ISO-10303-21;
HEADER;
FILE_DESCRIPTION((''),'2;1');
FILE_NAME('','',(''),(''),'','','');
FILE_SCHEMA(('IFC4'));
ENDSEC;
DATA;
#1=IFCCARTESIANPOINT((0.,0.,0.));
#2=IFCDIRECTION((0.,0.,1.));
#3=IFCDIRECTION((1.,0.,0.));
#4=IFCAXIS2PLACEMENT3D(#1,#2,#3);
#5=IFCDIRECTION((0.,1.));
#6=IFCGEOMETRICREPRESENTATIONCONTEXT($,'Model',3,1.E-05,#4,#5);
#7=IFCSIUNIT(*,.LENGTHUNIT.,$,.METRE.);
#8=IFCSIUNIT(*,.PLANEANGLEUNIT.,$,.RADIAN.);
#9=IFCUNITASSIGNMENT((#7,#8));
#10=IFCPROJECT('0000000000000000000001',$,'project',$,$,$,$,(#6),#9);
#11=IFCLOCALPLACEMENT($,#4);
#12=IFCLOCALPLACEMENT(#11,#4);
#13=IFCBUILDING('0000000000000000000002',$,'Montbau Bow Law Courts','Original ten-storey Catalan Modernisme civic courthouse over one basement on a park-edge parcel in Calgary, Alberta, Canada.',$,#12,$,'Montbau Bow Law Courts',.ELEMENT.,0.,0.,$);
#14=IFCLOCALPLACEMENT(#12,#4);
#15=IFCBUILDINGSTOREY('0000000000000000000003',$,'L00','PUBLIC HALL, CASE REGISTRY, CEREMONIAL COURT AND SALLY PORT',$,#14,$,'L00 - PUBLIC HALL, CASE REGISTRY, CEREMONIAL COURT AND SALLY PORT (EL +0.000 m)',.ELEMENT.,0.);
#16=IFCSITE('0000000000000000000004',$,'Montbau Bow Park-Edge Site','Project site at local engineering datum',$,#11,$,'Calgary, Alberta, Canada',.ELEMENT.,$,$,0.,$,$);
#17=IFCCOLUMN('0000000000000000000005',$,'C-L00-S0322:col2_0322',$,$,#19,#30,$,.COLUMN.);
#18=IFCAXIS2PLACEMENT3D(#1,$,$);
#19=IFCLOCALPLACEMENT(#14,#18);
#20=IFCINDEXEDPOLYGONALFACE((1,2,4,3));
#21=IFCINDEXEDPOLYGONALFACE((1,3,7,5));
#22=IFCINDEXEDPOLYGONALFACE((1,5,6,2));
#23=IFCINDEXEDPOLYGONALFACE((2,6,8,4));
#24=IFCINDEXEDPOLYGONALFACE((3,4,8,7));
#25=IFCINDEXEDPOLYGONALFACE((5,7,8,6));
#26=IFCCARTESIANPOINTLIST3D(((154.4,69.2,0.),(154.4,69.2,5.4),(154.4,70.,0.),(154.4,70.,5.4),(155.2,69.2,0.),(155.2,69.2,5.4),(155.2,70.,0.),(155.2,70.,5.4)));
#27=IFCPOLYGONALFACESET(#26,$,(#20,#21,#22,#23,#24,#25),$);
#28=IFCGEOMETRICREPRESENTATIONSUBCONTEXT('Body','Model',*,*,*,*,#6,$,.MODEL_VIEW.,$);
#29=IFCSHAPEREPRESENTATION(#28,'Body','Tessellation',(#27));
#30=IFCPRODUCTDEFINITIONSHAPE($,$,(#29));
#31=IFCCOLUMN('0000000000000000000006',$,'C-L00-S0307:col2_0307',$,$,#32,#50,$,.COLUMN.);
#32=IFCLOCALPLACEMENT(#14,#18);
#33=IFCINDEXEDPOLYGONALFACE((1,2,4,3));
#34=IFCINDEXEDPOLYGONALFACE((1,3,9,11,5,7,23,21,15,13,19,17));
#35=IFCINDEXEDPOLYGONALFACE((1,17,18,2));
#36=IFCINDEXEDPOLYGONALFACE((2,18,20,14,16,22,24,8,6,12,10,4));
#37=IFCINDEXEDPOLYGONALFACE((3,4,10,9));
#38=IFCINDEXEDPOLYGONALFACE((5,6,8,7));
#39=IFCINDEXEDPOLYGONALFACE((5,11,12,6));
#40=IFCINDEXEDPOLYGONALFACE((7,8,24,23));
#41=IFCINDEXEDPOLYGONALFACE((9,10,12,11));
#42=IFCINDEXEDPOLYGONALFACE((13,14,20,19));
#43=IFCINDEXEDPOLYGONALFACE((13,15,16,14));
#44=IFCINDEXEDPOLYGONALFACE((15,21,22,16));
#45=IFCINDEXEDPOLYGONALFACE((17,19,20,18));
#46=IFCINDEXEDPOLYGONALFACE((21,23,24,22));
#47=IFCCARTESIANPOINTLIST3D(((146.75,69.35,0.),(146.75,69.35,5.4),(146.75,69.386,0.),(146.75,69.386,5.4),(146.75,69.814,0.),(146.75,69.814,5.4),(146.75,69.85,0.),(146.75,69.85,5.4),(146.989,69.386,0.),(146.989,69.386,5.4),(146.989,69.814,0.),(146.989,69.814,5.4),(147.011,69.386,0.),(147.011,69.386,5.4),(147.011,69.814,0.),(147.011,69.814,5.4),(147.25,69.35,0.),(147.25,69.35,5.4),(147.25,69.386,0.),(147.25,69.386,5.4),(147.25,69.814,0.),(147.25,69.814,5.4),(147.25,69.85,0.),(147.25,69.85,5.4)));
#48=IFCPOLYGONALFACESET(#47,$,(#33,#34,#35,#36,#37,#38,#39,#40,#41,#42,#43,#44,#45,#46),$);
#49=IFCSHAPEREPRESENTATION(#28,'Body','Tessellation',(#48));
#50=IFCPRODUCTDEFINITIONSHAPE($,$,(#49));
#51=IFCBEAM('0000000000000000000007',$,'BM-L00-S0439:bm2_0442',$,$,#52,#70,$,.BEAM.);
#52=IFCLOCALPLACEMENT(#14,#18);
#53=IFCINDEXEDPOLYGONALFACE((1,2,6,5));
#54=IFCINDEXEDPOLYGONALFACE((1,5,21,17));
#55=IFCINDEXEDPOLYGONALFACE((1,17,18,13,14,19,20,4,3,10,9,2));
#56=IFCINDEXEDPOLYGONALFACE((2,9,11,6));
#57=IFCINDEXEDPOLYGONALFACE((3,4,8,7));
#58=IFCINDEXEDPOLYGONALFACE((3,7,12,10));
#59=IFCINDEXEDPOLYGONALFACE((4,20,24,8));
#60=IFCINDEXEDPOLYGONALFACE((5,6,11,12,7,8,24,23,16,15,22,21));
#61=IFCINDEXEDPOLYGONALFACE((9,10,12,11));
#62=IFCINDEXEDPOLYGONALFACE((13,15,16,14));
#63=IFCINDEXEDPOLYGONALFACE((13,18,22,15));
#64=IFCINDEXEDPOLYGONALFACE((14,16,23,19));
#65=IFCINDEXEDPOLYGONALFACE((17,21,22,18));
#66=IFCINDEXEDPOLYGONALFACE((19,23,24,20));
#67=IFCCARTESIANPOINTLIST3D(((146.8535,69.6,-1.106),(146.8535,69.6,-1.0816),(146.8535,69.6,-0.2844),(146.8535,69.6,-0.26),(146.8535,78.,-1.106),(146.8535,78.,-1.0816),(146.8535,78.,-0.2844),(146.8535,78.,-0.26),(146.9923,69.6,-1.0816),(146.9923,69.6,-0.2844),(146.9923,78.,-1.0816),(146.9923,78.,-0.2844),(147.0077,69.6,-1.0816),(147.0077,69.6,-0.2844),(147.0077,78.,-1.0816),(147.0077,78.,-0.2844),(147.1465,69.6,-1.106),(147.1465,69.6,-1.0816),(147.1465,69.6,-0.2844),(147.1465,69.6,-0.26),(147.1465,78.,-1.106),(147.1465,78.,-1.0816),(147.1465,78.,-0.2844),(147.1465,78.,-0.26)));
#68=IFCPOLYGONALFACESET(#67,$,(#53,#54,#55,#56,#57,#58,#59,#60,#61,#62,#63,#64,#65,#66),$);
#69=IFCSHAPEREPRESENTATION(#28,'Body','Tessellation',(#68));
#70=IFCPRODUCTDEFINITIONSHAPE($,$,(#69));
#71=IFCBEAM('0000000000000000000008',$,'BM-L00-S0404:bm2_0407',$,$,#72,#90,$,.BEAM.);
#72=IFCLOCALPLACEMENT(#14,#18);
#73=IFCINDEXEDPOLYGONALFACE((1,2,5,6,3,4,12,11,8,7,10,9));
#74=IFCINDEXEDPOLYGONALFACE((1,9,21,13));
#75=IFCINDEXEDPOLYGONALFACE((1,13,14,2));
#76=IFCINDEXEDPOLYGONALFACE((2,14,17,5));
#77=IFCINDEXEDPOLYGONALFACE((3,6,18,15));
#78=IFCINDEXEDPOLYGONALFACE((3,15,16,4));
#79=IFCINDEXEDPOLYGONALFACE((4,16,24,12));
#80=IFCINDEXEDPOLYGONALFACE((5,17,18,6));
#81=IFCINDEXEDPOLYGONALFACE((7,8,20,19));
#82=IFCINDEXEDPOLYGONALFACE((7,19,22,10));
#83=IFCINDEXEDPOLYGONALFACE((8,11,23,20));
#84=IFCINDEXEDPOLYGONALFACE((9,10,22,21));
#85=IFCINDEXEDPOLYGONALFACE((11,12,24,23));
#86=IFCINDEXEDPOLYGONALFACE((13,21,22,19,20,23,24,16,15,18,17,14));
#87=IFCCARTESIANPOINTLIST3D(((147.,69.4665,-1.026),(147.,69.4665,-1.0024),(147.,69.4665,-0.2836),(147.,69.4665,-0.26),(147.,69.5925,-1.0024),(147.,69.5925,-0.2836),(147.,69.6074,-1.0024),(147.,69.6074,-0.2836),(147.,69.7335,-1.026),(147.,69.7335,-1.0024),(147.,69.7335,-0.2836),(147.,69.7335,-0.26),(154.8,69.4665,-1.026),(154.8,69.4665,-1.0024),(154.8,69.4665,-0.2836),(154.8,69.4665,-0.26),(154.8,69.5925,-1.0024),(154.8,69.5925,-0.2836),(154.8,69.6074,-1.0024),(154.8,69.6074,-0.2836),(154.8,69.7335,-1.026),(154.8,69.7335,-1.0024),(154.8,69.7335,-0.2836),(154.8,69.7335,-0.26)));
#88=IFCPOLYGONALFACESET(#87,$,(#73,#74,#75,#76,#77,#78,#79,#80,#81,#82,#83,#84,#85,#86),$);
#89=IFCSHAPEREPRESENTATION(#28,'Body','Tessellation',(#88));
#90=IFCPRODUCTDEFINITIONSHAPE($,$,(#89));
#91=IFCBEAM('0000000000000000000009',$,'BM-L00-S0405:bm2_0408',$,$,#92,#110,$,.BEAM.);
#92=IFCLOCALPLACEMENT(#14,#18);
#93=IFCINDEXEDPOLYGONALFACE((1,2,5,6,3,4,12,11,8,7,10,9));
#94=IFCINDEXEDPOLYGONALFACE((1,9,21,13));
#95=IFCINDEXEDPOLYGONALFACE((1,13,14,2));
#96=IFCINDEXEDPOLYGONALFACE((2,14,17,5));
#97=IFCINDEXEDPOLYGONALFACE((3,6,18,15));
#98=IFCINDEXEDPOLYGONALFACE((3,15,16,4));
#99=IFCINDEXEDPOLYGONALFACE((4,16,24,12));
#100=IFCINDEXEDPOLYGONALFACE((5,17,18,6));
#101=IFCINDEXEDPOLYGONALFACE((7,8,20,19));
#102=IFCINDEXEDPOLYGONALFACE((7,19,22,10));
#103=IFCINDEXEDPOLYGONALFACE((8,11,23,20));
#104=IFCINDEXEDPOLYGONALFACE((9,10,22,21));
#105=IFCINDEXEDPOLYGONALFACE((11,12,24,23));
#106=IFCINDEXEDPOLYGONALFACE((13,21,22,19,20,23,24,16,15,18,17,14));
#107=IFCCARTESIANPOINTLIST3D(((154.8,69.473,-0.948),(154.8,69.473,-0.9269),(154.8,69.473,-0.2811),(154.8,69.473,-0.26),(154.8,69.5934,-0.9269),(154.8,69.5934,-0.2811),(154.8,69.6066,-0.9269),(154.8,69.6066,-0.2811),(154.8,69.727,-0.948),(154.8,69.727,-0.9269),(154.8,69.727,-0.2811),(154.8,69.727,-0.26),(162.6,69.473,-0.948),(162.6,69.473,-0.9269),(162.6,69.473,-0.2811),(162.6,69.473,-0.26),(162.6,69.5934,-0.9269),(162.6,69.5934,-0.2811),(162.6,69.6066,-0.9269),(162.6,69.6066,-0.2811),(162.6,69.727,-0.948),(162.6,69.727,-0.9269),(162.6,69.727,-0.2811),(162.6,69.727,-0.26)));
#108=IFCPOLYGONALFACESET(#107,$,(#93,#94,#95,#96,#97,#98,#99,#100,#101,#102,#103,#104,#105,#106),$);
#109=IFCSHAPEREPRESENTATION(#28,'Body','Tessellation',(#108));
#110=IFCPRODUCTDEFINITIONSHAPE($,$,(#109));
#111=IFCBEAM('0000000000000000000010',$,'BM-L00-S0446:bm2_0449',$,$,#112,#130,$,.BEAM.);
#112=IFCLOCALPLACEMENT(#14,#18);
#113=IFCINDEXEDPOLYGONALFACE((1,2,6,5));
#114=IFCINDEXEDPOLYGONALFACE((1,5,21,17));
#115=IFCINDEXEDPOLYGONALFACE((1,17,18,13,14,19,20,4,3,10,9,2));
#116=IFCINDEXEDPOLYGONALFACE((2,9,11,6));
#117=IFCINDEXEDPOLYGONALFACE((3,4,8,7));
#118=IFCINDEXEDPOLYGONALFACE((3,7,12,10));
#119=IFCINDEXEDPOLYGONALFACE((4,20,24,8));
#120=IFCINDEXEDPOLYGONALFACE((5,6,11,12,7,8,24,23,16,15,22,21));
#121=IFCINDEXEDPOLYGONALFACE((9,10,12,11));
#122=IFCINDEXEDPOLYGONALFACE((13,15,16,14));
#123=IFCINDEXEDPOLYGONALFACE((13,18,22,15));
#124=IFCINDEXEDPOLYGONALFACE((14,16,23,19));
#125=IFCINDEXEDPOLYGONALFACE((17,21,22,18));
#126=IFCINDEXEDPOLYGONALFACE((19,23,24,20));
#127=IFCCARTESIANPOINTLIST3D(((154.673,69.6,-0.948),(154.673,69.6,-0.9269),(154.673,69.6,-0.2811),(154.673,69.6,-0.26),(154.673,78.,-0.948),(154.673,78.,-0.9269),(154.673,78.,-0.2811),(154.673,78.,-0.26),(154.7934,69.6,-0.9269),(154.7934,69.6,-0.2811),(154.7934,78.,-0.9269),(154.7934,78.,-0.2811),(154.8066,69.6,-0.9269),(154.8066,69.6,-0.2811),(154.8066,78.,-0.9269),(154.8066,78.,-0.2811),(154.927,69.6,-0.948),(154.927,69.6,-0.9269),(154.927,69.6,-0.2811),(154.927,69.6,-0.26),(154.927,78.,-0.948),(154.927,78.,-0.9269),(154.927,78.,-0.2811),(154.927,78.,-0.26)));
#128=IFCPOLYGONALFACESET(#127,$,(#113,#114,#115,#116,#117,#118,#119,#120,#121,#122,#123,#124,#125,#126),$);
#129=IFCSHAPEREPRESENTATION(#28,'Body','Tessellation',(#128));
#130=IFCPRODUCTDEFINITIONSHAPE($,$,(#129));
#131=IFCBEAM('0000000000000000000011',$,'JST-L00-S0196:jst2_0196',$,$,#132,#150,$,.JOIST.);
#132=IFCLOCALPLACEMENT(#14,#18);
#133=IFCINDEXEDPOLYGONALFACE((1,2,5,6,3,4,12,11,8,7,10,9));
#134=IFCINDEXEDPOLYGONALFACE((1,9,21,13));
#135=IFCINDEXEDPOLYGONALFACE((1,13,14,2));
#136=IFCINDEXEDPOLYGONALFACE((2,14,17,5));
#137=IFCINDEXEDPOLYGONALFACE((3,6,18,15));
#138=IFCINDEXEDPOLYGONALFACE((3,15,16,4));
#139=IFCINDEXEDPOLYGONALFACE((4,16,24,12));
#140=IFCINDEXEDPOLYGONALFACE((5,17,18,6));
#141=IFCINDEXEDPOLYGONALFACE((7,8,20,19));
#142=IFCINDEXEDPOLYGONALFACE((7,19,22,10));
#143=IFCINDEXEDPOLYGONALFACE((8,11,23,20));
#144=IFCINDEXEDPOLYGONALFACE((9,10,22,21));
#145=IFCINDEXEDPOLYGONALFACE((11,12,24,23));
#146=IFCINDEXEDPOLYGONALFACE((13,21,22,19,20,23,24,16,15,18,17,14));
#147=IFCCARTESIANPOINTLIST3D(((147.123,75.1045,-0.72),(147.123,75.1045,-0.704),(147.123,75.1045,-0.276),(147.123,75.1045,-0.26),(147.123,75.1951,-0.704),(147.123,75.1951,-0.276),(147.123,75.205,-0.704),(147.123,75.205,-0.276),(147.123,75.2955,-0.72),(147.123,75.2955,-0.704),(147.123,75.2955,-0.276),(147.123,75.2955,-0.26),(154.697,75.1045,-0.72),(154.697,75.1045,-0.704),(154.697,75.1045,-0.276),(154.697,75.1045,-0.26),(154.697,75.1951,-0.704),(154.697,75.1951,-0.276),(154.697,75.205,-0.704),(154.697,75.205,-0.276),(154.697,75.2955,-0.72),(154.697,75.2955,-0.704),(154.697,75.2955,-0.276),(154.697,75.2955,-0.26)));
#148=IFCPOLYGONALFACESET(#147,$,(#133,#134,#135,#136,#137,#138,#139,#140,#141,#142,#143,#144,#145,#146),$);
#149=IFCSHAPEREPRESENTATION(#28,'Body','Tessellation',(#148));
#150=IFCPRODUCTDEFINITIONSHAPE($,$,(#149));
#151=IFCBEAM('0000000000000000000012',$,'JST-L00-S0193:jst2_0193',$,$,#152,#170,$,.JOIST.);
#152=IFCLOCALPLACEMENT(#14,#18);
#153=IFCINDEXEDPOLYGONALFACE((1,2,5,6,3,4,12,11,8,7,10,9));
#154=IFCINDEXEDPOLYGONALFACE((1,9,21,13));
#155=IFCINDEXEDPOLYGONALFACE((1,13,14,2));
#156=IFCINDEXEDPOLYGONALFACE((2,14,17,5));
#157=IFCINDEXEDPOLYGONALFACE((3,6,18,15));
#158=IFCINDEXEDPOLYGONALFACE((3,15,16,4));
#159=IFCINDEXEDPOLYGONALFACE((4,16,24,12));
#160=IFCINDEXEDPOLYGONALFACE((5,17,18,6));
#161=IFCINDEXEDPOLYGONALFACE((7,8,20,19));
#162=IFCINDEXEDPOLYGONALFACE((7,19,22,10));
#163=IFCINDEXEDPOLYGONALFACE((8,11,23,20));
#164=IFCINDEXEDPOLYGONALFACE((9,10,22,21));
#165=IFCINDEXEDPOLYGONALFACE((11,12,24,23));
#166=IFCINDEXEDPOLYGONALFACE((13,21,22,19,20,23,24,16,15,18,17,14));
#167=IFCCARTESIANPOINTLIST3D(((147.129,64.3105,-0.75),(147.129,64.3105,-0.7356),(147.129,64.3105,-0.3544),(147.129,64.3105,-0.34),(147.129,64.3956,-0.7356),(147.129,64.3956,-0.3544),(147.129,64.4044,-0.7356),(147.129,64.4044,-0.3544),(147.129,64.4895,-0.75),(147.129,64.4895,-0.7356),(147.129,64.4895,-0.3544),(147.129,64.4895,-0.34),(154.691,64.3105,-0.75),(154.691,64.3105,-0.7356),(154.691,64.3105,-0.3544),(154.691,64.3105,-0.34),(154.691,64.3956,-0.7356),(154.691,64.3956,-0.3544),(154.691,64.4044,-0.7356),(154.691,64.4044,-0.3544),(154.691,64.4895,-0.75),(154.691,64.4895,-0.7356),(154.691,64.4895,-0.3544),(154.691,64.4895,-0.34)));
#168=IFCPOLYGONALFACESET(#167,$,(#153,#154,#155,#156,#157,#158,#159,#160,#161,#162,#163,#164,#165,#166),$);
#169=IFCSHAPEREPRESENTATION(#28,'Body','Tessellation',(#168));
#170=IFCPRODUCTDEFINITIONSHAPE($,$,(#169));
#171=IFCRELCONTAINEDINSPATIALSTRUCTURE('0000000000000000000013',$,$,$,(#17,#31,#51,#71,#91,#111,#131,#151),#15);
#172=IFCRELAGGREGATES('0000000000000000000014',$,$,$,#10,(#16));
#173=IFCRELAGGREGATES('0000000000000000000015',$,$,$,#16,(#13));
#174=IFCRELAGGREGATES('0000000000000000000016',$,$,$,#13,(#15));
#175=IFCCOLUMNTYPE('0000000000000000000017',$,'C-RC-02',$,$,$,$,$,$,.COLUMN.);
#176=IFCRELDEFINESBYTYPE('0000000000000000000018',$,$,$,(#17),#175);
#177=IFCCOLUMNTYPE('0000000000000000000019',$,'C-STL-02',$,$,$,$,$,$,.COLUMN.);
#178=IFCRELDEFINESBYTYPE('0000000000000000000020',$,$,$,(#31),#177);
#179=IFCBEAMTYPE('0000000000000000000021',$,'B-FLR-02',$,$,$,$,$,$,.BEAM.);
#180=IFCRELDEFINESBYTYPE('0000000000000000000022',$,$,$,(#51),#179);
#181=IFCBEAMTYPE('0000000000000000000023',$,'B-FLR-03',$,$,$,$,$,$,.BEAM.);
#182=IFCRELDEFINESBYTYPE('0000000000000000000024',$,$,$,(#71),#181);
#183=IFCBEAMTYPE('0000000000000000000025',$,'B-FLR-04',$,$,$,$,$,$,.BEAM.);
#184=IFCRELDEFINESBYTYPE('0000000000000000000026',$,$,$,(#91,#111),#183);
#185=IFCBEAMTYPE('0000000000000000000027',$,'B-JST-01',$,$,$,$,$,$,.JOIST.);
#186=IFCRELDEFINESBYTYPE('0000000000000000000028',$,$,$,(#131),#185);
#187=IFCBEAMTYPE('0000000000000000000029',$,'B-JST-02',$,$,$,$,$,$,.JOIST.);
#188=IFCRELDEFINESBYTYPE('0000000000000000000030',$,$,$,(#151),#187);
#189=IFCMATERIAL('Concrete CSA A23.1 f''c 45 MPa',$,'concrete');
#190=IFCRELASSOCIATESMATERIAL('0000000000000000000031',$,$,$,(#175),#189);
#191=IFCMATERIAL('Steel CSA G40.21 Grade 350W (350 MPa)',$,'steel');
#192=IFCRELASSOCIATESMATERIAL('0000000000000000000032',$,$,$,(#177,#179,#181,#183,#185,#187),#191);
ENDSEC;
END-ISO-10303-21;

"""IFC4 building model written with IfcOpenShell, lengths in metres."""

from ifc_helpers import new_model, si_unit, direction, frame, origin_with_axes, origin_2d_with_axis, place, context, subcontext, project, spatial, rectangle, i_section, extrude, material, material_profile, profile_set, type_object, element, save


model = new_model("IFC4")

# Units and contexts
model_context = context("Model", 3, precision=1e-05, world=origin_with_axes(), true_north=direction((0.0, 1.0)))
body_context = subcontext(model_context, "Body", "Model", "MODEL_VIEW")
ifc_project = project(units=[si_unit("LENGTHUNIT", "METRE"), si_unit("PLANEANGLEUNIT", "RADIAN")], contexts=[model_context])

# Site, building, storey
site_placement = place(None, origin_with_axes())
site = spatial("IfcSite", under=ifc_project, at=site_placement, Name="Montbau Bow Park-Edge Site", Description="Project site at local engineering datum", LongName="Calgary, Alberta, Canada", CompositionType="ELEMENT", RefElevation=0.0)
building_placement = place(site_placement, origin_with_axes())
building = spatial("IfcBuilding", under=site, at=building_placement, Name="Montbau Bow Law Courts", Description="Original ten-storey Catalan Modernisme civic courthouse over one basement on a park-edge parcel in Calgary, Alberta, Canada.", LongName="Montbau Bow Law Courts", CompositionType="ELEMENT", ElevationOfRefHeight=0.0, ElevationOfTerrain=0.0)
storey_placement = place(building_placement, origin_with_axes())
storey = spatial("IfcBuildingStorey", under=building, at=storey_placement, Name="L00", Description="PUBLIC HALL, CASE REGISTRY, CEREMONIAL COURT AND SALLY PORT", LongName="L00 - PUBLIC HALL, CASE REGISTRY, CEREMONIAL COURT AND SALLY PORT (EL +0.000 m)", CompositionType="ELEMENT", Elevation=0.0)

# Columns
ifc_material_1 = material(Name="Concrete CSA A23.1 f'c 45 MPa", Category="concrete")
ifc_material_profile_1 = material_profile(ifc_material_1, rectangle(XDim=0.8, YDim=0.8, at=origin_2d_with_axis()), Name="RC800X800", Category="Main", Priority=0)
ifc_profile_set_1 = profile_set([ifc_material_profile_1], Name="Concrete CSA A23.1 f'c 45 MPa")
column_type_1 = type_object("IfcColumnType", Name="C-RC-02", PredefinedType="COLUMN", material=ifc_profile_set_1)
column_1_placement = place(None, frame((154.8, 69.6, 0.0), z_axis=(0.0, 0.0, 1.0), x_axis=(1.0, 0.0, 0.0)))
element("IfcColumn", 1, at=column_1_placement, inside=storey, type_object=column_type_1, Name="C-L00-S0322:col2_0322", PredefinedType="COLUMN", context=body_context, shape_type="SweptSolid", body=[
    extrude(rectangle(XDim=0.8, YDim=0.8, at=origin_2d_with_axis()), origin_with_axes(), (0.0, 0.0, 1.0), 5.4),
])
ifc_material_2 = material(Name="Steel CSA G40.21 Grade 350W (350 MPa)", Category="steel")
ifc_material_profile_2 = material_profile(ifc_material_2, i_section(OverallWidth=0.5, OverallDepth=0.5, WebThickness=0.022, FlangeThickness=0.036, at=origin_2d_with_axis()), Name="WWF500X343", Category="Main", Priority=0)
ifc_profile_set_2 = profile_set([ifc_material_profile_2], Name="Steel CSA G40.21 Grade 350W (350 MPa)")
column_type_2 = type_object("IfcColumnType", Name="C-STL-02", PredefinedType="COLUMN", material=ifc_profile_set_2)
column_2_placement = place(None, frame((147.0, 69.6, 0.0), z_axis=(0.0, 0.0, 1.0), x_axis=(1.0, 0.0, 0.0)))
element("IfcColumn", 2, at=column_2_placement, inside=storey, type_object=column_type_2, Name="C-L00-S0307:col2_0307", PredefinedType="COLUMN", context=body_context, shape_type="SweptSolid", body=[
    extrude(i_section(OverallWidth=0.5, OverallDepth=0.5, WebThickness=0.022, FlangeThickness=0.036, at=origin_2d_with_axis()), origin_with_axes(), (0.0, 0.0, 1.0), 5.4),
])

# Beams
ifc_material_profile_3 = material_profile(ifc_material_2, i_section(OverallWidth=0.293, OverallDepth=0.846, WebThickness=0.0154, FlangeThickness=0.0244, at=origin_2d_with_axis()), Name="W840X210", Category="Main", Priority=0)
ifc_profile_set_3 = profile_set([ifc_material_profile_3], Name="Steel CSA G40.21 Grade 350W (350 MPa)")
beam_type_1 = type_object("IfcBeamType", Name="B-FLR-02", PredefinedType="BEAM", material=ifc_profile_set_3)
beam_1_placement = place(None, frame((147.0, 69.6, -0.683), z_axis=(0.0, 1.0, 0.0), x_axis=(-1.0, 0.0, 0.0)))
element("IfcBeam", 3, at=beam_1_placement, inside=storey, type_object=beam_type_1, Name="BM-L00-S0439:bm2_0442", PredefinedType="BEAM", context=body_context, shape_type="SweptSolid", body=[
    extrude(i_section(OverallWidth=0.293, OverallDepth=0.846, WebThickness=0.0154, FlangeThickness=0.0244, at=origin_2d_with_axis()), origin_with_axes(), (0.0, 0.0, 1.0), 8.4),
])
ifc_material_profile_4 = material_profile(ifc_material_2, i_section(OverallWidth=0.267, OverallDepth=0.766, WebThickness=0.0149, FlangeThickness=0.0236, at=origin_2d_with_axis()), Name="W760X185", Category="Main", Priority=0)
ifc_profile_set_4 = profile_set([ifc_material_profile_4], Name="Steel CSA G40.21 Grade 350W (350 MPa)")
beam_type_2 = type_object("IfcBeamType", Name="B-FLR-03", PredefinedType="BEAM", material=ifc_profile_set_4)
beam_2_placement = place(None, frame((147.0, 69.6, -0.643), z_axis=(1.0, 0.0, 0.0), x_axis=(0.0, 1.0, 0.0)))
element("IfcBeam", 4, at=beam_2_placement, inside=storey, type_object=beam_type_2, Name="BM-L00-S0404:bm2_0407", PredefinedType="BEAM", context=body_context, shape_type="SweptSolid", body=[
    extrude(i_section(OverallWidth=0.267, OverallDepth=0.766, WebThickness=0.0149, FlangeThickness=0.0236, at=origin_2d_with_axis()), origin_with_axes(), (0.0, 0.0, 1.0), 7.8),
])
ifc_material_profile_5 = material_profile(ifc_material_2, i_section(OverallWidth=0.254, OverallDepth=0.688, WebThickness=0.0131, FlangeThickness=0.0211, at=origin_2d_with_axis()), Name="W690X152", Category="Main", Priority=0)
ifc_profile_set_5 = profile_set([ifc_material_profile_5], Name="Steel CSA G40.21 Grade 350W (350 MPa)")
beam_type_3 = type_object("IfcBeamType", Name="B-FLR-04", PredefinedType="BEAM", material=ifc_profile_set_5)
beam_3_placement = place(None, frame((154.8, 69.6, -0.604), z_axis=(1.0, 0.0, 0.0), x_axis=(0.0, 1.0, 0.0)))
element("IfcBeam", 5, at=beam_3_placement, inside=storey, type_object=beam_type_3, Name="BM-L00-S0405:bm2_0408", PredefinedType="BEAM", context=body_context, shape_type="SweptSolid", body=[
    extrude(i_section(OverallWidth=0.254, OverallDepth=0.688, WebThickness=0.0131, FlangeThickness=0.0211, at=origin_2d_with_axis()), origin_with_axes(), (0.0, 0.0, 1.0), 7.8),
])
beam_4_placement = place(None, frame((154.8, 69.6, -0.604), z_axis=(0.0, 1.0, 0.0), x_axis=(-1.0, 0.0, 0.0)))
element("IfcBeam", 6, at=beam_4_placement, inside=storey, type_object=beam_type_3, Name="BM-L00-S0446:bm2_0449", PredefinedType="BEAM", context=body_context, shape_type="SweptSolid", body=[
    extrude(i_section(OverallWidth=0.254, OverallDepth=0.688, WebThickness=0.0131, FlangeThickness=0.0211, at=origin_2d_with_axis()), origin_with_axes(), (0.0, 0.0, 1.0), 8.4),
])
ifc_material_profile_6 = material_profile(ifc_material_2, i_section(OverallWidth=0.191, OverallDepth=0.46, WebThickness=0.0099, FlangeThickness=0.016, at=origin_2d_with_axis()), Name="W460X82", Category="Main", Priority=0)
ifc_profile_set_6 = profile_set([ifc_material_profile_6], Name="Steel CSA G40.21 Grade 350W (350 MPa)")
beam_type_4 = type_object("IfcBeamType", Name="B-JST-01", PredefinedType="JOIST", material=ifc_profile_set_6)
beam_5_placement = place(None, frame((147.123, 75.2, -0.49), z_axis=(1.0, 0.0, 0.0), x_axis=(0.0, 1.0, 0.0)))
element("IfcBeam", 7, at=beam_5_placement, inside=storey, type_object=beam_type_4, Name="JST-L00-S0196:jst2_0196", PredefinedType="JOIST", context=body_context, shape_type="SweptSolid", body=[
    extrude(i_section(OverallWidth=0.191, OverallDepth=0.46, WebThickness=0.0099, FlangeThickness=0.016, at=origin_2d_with_axis()), origin_with_axes(), (0.0, 0.0, 1.0), 7.574),
])
ifc_material_profile_7 = material_profile(ifc_material_2, i_section(OverallWidth=0.179, OverallDepth=0.41, WebThickness=0.0088, FlangeThickness=0.0144, at=origin_2d_with_axis()), Name="W410X67", Category="Main", Priority=0)
ifc_profile_set_7 = profile_set([ifc_material_profile_7], Name="Steel CSA G40.21 Grade 350W (350 MPa)")
beam_type_5 = type_object("IfcBeamType", Name="B-JST-02", PredefinedType="JOIST", material=ifc_profile_set_7)
beam_6_placement = place(None, frame((147.129, 64.4, -0.545), z_axis=(1.0, 0.0, 0.0), x_axis=(0.0, 1.0, 0.0)))
element("IfcBeam", 8, at=beam_6_placement, inside=storey, type_object=beam_type_5, Name="JST-L00-S0193:jst2_0193", PredefinedType="JOIST", context=body_context, shape_type="SweptSolid", body=[
    extrude(i_section(OverallWidth=0.179, OverallDepth=0.41, WebThickness=0.0088, FlangeThickness=0.0144, at=origin_2d_with_axis()), origin_with_axes(), (0.0, 0.0, 1.0), 7.562),
])

save(model, "model.ifc")
